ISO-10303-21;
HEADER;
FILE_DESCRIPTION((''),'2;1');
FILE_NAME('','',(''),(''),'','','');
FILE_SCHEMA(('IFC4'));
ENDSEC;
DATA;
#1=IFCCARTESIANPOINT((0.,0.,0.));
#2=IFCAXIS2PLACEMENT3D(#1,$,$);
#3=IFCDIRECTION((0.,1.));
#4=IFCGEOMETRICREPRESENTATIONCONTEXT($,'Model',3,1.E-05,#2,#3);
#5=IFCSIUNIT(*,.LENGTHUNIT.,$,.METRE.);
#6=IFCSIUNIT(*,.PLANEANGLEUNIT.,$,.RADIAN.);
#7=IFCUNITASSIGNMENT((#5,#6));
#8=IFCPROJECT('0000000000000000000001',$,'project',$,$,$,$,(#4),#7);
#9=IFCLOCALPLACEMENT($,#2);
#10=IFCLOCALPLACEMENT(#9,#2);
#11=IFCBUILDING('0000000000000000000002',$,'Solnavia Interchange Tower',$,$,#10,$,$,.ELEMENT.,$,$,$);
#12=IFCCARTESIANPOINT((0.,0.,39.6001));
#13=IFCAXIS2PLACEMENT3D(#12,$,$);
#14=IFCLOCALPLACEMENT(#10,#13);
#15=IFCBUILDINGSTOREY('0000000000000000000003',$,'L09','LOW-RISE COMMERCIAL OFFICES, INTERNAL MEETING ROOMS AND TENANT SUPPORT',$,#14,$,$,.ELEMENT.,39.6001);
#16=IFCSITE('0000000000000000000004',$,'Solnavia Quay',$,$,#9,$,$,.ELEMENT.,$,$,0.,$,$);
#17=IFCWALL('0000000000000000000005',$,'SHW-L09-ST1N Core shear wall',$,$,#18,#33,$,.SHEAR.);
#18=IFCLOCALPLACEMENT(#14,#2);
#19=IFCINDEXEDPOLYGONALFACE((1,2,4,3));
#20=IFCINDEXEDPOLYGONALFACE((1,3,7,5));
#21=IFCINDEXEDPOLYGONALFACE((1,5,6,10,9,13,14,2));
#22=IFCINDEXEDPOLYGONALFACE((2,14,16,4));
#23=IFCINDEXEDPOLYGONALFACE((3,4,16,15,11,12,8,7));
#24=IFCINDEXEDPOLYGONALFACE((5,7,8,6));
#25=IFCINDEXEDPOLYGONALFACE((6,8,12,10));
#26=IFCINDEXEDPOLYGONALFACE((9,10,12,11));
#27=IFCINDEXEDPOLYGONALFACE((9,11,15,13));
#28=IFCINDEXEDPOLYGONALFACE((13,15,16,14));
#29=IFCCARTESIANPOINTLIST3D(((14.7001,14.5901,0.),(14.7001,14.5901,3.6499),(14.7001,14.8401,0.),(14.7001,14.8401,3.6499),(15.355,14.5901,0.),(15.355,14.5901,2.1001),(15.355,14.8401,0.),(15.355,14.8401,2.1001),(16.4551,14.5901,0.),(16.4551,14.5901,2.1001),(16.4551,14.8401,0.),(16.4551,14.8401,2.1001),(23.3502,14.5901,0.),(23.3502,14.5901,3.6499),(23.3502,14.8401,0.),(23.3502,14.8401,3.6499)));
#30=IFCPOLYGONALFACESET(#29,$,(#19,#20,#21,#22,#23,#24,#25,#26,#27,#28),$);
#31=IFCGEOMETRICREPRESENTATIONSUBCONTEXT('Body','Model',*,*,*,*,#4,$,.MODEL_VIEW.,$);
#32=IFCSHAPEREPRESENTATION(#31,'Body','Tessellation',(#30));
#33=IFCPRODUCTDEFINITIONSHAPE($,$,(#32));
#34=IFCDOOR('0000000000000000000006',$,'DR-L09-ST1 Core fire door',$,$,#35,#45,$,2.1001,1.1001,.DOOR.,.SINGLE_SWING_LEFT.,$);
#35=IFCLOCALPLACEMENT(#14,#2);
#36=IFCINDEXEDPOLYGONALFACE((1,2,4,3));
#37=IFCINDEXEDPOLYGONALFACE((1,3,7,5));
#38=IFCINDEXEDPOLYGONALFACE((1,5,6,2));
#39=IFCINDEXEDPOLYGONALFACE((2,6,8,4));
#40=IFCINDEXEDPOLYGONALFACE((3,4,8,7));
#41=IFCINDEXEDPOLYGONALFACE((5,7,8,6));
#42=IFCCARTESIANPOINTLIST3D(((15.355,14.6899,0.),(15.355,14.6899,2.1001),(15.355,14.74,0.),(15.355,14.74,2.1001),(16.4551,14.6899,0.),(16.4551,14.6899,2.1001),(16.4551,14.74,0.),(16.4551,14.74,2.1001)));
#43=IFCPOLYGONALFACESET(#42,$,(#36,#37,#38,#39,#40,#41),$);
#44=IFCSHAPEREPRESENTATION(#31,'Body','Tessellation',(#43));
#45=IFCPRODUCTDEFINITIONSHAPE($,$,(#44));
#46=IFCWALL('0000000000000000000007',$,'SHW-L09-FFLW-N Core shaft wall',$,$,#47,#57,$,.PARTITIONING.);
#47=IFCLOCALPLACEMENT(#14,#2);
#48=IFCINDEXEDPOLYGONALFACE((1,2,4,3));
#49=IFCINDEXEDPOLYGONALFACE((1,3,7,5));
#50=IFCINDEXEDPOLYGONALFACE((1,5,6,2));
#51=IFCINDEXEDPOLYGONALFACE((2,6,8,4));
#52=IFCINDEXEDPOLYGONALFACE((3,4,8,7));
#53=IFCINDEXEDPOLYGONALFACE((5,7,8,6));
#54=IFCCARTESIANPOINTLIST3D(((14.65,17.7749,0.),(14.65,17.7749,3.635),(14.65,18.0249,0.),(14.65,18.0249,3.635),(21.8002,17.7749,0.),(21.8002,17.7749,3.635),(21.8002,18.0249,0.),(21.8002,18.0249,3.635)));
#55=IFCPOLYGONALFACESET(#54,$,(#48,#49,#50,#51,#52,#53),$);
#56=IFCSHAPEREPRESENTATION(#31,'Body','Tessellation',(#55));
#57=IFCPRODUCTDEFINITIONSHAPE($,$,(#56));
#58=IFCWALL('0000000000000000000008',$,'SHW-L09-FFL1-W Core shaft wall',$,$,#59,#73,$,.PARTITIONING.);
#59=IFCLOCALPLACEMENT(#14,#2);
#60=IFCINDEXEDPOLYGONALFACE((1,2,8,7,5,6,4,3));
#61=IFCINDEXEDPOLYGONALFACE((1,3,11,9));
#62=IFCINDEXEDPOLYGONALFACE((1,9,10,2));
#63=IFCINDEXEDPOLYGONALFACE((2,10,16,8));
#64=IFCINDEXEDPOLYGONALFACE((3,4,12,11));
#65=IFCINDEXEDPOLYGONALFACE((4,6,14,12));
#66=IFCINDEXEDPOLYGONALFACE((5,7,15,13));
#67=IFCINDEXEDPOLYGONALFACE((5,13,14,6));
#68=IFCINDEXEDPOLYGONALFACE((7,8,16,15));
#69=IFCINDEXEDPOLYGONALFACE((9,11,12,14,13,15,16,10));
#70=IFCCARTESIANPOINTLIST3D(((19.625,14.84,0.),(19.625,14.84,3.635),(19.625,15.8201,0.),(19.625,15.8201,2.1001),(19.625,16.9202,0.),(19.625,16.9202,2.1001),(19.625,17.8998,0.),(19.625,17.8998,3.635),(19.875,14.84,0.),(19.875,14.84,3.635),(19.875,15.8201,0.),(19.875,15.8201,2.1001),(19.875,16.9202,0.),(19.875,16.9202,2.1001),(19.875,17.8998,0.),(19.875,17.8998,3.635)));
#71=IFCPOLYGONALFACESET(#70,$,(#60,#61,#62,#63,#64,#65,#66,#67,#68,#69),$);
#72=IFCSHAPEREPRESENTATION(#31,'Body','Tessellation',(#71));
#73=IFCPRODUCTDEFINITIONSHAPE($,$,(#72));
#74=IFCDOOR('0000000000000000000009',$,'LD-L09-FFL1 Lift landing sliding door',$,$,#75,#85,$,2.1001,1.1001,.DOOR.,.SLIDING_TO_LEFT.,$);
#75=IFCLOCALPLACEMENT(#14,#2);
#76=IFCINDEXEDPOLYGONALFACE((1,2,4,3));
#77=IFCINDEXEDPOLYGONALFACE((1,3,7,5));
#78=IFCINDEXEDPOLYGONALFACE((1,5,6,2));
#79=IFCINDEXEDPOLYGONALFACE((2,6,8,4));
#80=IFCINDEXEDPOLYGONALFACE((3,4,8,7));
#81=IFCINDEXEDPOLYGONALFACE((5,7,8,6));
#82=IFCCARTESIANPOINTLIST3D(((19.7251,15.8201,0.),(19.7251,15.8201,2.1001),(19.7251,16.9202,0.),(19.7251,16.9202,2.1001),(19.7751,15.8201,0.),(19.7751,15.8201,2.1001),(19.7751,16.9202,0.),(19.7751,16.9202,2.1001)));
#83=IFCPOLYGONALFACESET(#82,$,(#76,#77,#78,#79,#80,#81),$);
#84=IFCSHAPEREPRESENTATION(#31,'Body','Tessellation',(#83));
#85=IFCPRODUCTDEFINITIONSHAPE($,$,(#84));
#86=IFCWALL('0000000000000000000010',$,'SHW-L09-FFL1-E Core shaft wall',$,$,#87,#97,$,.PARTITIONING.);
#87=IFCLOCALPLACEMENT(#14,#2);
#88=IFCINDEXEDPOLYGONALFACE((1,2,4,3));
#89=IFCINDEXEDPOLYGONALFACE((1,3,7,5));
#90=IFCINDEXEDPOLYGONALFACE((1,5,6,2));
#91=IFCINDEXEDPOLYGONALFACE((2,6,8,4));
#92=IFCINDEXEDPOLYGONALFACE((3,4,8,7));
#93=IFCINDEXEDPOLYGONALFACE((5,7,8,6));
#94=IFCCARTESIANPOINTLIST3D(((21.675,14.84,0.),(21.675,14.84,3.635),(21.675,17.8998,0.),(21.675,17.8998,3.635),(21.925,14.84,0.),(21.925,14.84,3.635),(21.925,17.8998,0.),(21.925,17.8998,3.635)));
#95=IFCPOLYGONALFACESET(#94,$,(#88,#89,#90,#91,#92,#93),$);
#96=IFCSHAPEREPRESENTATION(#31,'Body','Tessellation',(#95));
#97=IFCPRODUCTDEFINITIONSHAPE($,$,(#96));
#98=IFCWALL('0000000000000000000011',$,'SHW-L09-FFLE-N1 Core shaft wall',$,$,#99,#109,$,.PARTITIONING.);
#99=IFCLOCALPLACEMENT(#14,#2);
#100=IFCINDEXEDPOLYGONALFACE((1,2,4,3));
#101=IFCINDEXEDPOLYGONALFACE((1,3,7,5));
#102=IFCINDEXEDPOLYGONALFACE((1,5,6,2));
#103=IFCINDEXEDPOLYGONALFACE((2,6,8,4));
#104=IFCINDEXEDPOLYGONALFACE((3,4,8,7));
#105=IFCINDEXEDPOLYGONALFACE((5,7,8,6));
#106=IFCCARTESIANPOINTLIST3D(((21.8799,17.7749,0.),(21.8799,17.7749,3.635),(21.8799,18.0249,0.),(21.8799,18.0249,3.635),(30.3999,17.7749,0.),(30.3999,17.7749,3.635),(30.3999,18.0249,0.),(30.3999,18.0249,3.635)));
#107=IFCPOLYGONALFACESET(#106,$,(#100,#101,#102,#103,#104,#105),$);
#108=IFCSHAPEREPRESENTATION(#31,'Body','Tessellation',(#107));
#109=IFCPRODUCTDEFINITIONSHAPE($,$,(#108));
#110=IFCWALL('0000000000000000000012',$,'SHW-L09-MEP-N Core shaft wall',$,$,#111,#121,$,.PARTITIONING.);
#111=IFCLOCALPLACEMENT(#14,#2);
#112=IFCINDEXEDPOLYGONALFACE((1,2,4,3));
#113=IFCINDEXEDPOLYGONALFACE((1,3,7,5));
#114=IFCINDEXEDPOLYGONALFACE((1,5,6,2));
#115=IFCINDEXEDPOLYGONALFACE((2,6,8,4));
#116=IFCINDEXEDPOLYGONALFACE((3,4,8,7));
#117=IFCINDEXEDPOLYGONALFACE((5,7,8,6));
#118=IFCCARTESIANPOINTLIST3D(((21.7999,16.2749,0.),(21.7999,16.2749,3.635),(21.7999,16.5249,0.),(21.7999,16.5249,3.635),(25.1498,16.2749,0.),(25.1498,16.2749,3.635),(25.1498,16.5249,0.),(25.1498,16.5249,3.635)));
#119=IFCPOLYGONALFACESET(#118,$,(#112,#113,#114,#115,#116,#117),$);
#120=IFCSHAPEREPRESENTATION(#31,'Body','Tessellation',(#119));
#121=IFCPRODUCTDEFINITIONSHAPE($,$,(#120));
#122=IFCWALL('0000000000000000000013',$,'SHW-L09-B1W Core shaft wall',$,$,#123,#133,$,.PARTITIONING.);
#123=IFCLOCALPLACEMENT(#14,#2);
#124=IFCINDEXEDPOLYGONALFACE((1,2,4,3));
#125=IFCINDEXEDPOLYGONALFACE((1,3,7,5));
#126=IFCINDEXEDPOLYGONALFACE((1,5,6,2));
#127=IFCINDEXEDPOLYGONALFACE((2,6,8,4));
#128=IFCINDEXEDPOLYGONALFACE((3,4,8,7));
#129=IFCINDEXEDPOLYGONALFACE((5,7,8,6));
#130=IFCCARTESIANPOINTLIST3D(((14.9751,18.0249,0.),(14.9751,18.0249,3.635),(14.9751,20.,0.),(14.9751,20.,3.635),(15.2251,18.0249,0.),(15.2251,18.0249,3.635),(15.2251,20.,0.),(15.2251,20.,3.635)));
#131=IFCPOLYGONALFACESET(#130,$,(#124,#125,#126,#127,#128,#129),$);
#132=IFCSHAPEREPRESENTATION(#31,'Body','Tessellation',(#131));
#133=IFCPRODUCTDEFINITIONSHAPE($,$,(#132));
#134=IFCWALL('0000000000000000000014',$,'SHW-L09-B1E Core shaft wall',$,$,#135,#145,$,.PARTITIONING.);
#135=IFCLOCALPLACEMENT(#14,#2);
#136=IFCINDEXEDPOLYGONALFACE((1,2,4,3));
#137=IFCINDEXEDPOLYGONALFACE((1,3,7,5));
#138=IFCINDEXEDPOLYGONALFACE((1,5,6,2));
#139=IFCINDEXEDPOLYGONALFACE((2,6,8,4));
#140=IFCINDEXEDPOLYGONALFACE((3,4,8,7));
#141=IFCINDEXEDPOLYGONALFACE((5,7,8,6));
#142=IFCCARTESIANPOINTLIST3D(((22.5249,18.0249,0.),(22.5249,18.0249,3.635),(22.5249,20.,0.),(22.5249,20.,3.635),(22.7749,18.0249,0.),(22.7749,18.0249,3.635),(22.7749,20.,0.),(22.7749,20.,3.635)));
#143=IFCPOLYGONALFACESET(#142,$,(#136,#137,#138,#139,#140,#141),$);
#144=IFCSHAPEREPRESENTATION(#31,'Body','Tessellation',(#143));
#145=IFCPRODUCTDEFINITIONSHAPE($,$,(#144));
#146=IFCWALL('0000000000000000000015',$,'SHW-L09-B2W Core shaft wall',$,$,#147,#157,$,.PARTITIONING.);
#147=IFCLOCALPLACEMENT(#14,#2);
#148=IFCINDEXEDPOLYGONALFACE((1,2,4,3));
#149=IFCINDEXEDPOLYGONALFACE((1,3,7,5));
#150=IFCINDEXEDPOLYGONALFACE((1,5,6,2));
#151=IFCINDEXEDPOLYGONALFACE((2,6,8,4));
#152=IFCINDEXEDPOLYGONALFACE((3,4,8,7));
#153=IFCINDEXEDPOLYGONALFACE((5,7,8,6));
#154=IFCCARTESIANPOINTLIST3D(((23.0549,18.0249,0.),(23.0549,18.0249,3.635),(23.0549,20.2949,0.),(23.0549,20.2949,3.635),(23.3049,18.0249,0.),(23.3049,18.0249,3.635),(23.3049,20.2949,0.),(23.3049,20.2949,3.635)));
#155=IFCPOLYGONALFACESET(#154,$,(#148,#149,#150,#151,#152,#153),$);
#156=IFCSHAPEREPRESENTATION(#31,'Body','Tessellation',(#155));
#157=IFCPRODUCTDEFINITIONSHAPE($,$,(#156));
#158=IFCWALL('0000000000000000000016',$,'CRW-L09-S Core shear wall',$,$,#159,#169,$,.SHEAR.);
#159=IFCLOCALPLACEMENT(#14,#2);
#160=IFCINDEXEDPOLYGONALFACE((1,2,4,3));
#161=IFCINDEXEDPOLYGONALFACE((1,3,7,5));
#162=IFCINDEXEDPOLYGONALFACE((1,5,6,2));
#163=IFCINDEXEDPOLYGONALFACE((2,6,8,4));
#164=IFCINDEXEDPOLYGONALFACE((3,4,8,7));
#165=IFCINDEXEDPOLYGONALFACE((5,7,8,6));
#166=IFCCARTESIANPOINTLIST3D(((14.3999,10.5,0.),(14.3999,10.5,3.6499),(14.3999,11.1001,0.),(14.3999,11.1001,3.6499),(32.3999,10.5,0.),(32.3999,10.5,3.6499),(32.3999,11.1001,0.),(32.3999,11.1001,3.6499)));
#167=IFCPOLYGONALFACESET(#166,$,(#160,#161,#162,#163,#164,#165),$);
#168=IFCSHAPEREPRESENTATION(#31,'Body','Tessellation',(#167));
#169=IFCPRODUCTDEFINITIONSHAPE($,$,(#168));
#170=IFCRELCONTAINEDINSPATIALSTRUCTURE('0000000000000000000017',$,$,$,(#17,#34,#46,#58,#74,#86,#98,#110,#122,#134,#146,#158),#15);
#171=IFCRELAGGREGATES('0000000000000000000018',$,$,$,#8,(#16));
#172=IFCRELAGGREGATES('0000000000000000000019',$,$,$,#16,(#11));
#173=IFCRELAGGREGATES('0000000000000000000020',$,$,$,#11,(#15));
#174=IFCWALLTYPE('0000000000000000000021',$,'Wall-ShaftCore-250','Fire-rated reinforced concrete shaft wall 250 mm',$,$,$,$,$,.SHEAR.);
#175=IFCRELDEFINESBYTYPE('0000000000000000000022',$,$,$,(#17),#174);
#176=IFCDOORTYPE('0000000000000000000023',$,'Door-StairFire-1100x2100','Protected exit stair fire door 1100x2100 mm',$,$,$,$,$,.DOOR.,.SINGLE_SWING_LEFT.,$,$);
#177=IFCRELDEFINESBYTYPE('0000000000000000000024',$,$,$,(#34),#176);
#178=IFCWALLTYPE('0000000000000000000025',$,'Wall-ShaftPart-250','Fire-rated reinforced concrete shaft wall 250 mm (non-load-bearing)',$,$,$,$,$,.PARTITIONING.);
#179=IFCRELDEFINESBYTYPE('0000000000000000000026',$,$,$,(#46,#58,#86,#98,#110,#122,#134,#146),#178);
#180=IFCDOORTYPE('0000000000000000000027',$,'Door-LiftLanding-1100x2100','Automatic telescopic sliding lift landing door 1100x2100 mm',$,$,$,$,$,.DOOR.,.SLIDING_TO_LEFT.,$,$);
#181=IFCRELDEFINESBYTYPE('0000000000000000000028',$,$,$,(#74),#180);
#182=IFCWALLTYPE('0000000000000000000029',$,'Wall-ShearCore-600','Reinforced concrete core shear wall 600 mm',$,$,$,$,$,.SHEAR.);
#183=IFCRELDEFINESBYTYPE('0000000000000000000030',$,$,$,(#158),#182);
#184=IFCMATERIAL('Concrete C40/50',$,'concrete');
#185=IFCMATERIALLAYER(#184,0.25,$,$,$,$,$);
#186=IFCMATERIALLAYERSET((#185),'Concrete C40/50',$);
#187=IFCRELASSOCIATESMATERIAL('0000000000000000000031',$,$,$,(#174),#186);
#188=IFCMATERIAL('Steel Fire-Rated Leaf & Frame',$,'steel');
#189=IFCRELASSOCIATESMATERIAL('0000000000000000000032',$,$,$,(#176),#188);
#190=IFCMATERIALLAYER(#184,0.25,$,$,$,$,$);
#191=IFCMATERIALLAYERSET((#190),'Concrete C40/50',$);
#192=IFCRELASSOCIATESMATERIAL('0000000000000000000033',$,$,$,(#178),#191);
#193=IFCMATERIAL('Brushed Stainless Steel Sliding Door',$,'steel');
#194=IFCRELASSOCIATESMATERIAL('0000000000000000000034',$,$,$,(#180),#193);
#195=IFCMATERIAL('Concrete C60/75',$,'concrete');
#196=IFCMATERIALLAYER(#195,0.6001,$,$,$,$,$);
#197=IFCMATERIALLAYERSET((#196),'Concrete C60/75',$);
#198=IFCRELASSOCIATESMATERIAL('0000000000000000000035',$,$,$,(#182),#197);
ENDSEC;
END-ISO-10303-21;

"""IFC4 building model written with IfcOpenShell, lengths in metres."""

from ifc_helpers import new_model, si_unit, direction, frame, frame_2d, origin, place, context, subcontext, project, spatial, rectangle, extrude, material, layer, layer_set, type_object, element, fill, save


model = new_model("IFC4")

# Units and contexts
model_context = context("Model", 3, precision=1e-05, world=origin(), true_north=direction((0.0, 1.0)))
body_context = subcontext(model_context, "Body", "Model", "MODEL_VIEW")
ifc_project = project(units=[si_unit("LENGTHUNIT", "METRE"), si_unit("PLANEANGLEUNIT", "RADIAN")], contexts=[model_context])

# Site, building, storey
site_placement = place(None, origin())
site = spatial("IfcSite", under=ifc_project, at=site_placement, Name="Solnavia Quay", CompositionType="ELEMENT", RefElevation=0.0)
building_placement = place(site_placement, origin())
building = spatial("IfcBuilding", under=site, at=building_placement, Name="Solnavia Interchange Tower", CompositionType="ELEMENT")
storey_placement = place(building_placement, frame((0.0, 0.0, 39.6001)))
storey = spatial("IfcBuildingStorey", under=building, at=storey_placement, Name="L09", Description="LOW-RISE COMMERCIAL OFFICES, INTERNAL MEETING ROOMS AND TENANT SUPPORT", CompositionType="ELEMENT", Elevation=39.6001)

# Shared definitions
ifc_material_1 = material(Name="Concrete C40/50", Category="concrete")
ifc_layer_1 = layer(ifc_material_1, 0.25)
ifc_layer_set_1 = layer_set([ifc_layer_1], Name="Concrete C40/50")
wall_type_1 = type_object("IfcWallType", Name="Wall-ShaftCore-250", Description="Fire-rated reinforced concrete shaft wall 250 mm", PredefinedType="SHEAR", material=ifc_layer_set_1)

# Wall, opening, door
wall_1_placement = place(storey_placement, frame((14.7, 14.7151, 0.0), z_axis=(0.0, 0.0, 1.0), x_axis=(1.0, 0.0, 0.0)))
wall_1 = element("IfcWall", 1, at=wall_1_placement, inside=storey, type_object=wall_type_1, Name="SHW-L09-ST1N Core shear wall", PredefinedType="SHEAR", context=body_context, shape_type="SweptSolid", body=[
    extrude(rectangle(XDim=8.6501, YDim=0.25, at=frame_2d((4.3252, 0.0))), origin(), (0.0, 0.0, 1.0), 3.6499),
])
opening_1_placement = place(wall_1_placement, frame((0.655, 0.0, 0.0)))
opening_1 = element("IfcOpeningElement", 2, at=opening_1_placement, cuts=wall_1, PredefinedType="OPENING", context=body_context, shape_type="SweptSolid", body=[
    extrude(rectangle(XDim=1.1001, YDim=2.1001, at=frame_2d((0.55, 1.05))), frame((0.0, 0.135, 0.0), z_axis=(0.0, -1.0, 0.0), x_axis=(1.0, 0.0, 0.0)), (0.0, 0.0, 1.0), 0.27),
])
ifc_material_2 = material(Name="Steel Fire-Rated Leaf & Frame", Category="steel")
door_type_1 = type_object("IfcDoorType", Name="Door-StairFire-1100x2100", Description="Protected exit stair fire door 1100x2100 mm", OperationType="SINGLE_SWING_LEFT", PredefinedType="DOOR", material=ifc_material_2)
door_1_placement = place(opening_1_placement, origin())
door_1 = element("IfcDoor", 3, at=door_1_placement, inside=storey, type_object=door_type_1, Name="DR-L09-ST1 Core fire door", OperationType="SINGLE_SWING_LEFT", OverallHeight=2.1001, OverallWidth=1.1001, PredefinedType="DOOR", context=body_context, shape_type="SweptSolid", body=[
    extrude(rectangle(XDim=1.1001, YDim=2.1001, at=frame_2d((0.55, 1.05))), frame((0.0, 0.0249, 0.0), z_axis=(0.0, -1.0, 0.0), x_axis=(1.0, 0.0, 0.0)), (0.0, 0.0, 1.0), 0.05),
])
fill(opening_1, door_1)

# Wall
ifc_layer_2 = layer(ifc_material_1, 0.25)
ifc_layer_set_2 = layer_set([ifc_layer_2], Name="Concrete C40/50")
wall_type_2 = type_object("IfcWallType", Name="Wall-ShaftPart-250", Description="Fire-rated reinforced concrete shaft wall 250 mm (non-load-bearing)", PredefinedType="PARTITIONING", material=ifc_layer_set_2)
wall_2_placement = place(storey_placement, frame((14.6499, 17.8999, 0.0), z_axis=(0.0, 0.0, 1.0), x_axis=(1.0, 0.0, 0.0)))
element("IfcWall", 4, at=wall_2_placement, inside=storey, type_object=wall_type_2, Name="SHW-L09-FFLW-N Core shaft wall", PredefinedType="PARTITIONING", context=body_context, shape_type="SweptSolid", body=[
    extrude(rectangle(XDim=7.1501, YDim=0.25, at=frame_2d((3.5752, 0.0))), origin(), (0.0, 0.0, 1.0), 3.635),
])

# Wall, opening, door
wall_3_placement = place(storey_placement, frame((19.75, 14.8401, 0.0), z_axis=(0.0, 0.0, 1.0), x_axis=(0.0, 1.0, 0.0)))
wall_3 = element("IfcWall", 5, at=wall_3_placement, inside=storey, type_object=wall_type_2, Name="SHW-L09-FFL1-W Core shaft wall", PredefinedType="PARTITIONING", context=body_context, shape_type="SweptSolid", body=[
    extrude(rectangle(XDim=3.0598, YDim=0.25, at=frame_2d((1.5298, 0.0))), origin(), (0.0, 0.0, 1.0), 3.635),
])
opening_2_placement = place(wall_3_placement, frame((0.98, 0.0, 0.0)))
opening_2 = element("IfcOpeningElement", 6, at=opening_2_placement, cuts=wall_3, PredefinedType="OPENING", context=body_context, shape_type="SweptSolid", body=[
    extrude(rectangle(XDim=1.1001, YDim=2.1001, at=frame_2d((0.55, 1.05))), frame((0.0, 0.135, 0.0), z_axis=(0.0, -1.0, 0.0), x_axis=(1.0, 0.0, 0.0)), (0.0, 0.0, 1.0), 0.27),
])
ifc_material_3 = material(Name="Brushed Stainless Steel Sliding Door", Category="steel")
door_type_2 = type_object("IfcDoorType", Name="Door-LiftLanding-1100x2100", Description="Automatic telescopic sliding lift landing door 1100x2100 mm", OperationType="SLIDING_TO_LEFT", PredefinedType="DOOR", material=ifc_material_3)
door_2_placement = place(opening_2_placement, origin())
door_2 = element("IfcDoor", 7, at=door_2_placement, inside=storey, type_object=door_type_2, Name="LD-L09-FFL1 Lift landing sliding door", OperationType="SLIDING_TO_LEFT", OverallHeight=2.1001, OverallWidth=1.1001, PredefinedType="DOOR", context=body_context, shape_type="SweptSolid", body=[
    extrude(rectangle(XDim=1.1001, YDim=2.1001, at=frame_2d((0.55, 1.05))), frame((0.0, 0.0249, 0.0), z_axis=(0.0, -1.0, 0.0), x_axis=(1.0, 0.0, 0.0)), (0.0, 0.0, 1.0), 0.05),
])
fill(opening_2, door_2)

# Walls
wall_4_placement = place(storey_placement, frame((21.8, 14.8401, 0.0), z_axis=(0.0, 0.0, 1.0), x_axis=(0.0, 1.0, 0.0)))
element("IfcWall", 8, at=wall_4_placement, inside=storey, type_object=wall_type_2, Name="SHW-L09-FFL1-E Core shaft wall", PredefinedType="PARTITIONING", context=body_context, shape_type="SweptSolid", body=[
    extrude(rectangle(XDim=3.0598, YDim=0.25, at=frame_2d((1.5298, 0.0))), origin(), (0.0, 0.0, 1.0), 3.635),
])
wall_5_placement = place(storey_placement, frame((21.8799, 17.8999, 0.0), z_axis=(0.0, 0.0, 1.0), x_axis=(1.0, 0.0, 0.0)))
element("IfcWall", 9, at=wall_5_placement, inside=storey, type_object=wall_type_2, Name="SHW-L09-FFLE-N1 Core shaft wall", PredefinedType="PARTITIONING", context=body_context, shape_type="SweptSolid", body=[
    extrude(rectangle(XDim=8.52, YDim=0.25, at=frame_2d((4.26, 0.0))), origin(), (0.0, 0.0, 1.0), 3.635),
])
wall_6_placement = place(storey_placement, frame((21.8, 16.3999, 0.0), z_axis=(0.0, 0.0, 1.0), x_axis=(1.0, 0.0, 0.0)))
element("IfcWall", 10, at=wall_6_placement, inside=storey, type_object=wall_type_2, Name="SHW-L09-MEP-N Core shaft wall", PredefinedType="PARTITIONING", context=body_context, shape_type="SweptSolid", body=[
    extrude(rectangle(XDim=3.3499, YDim=0.25, at=frame_2d((1.6748, 0.0))), origin(), (0.0, 0.0, 1.0), 3.635),
])
for number, where, z_axis, x_axis, name in (
    (11, (15.1001, 18.0249, 0.0), (0.0, 0.0, 1.0), (0.0, 1.0, 0.0), "SHW-L09-B1W Core shaft wall"),
    (12, (22.6499, 18.0249, 0.0), (0.0, 0.0, 1.0), (0.0, 1.0, 0.0), "SHW-L09-B1E Core shaft wall"),
):
    element("IfcWall", number, at=place(storey_placement, frame(where, z_axis=z_axis, x_axis=x_axis)), inside=storey, type_object=wall_type_2, Name=name, PredefinedType="PARTITIONING", context=body_context, shape_type="SweptSolid", body=[
        extrude(rectangle(XDim=1.9751, YDim=0.25, at=frame_2d((0.9875, 0.0))), origin(), (0.0, 0.0, 1.0), 3.635),
    ])
wall_7_placement = place(storey_placement, frame((23.1799, 18.0249, 0.0), z_axis=(0.0, 0.0, 1.0), x_axis=(0.0, 1.0, 0.0)))
element("IfcWall", 13, at=wall_7_placement, inside=storey, type_object=wall_type_2, Name="SHW-L09-B2W Core shaft wall", PredefinedType="PARTITIONING", context=body_context, shape_type="SweptSolid", body=[
    extrude(rectangle(XDim=2.27, YDim=0.25, at=frame_2d((1.135, 0.0))), origin(), (0.0, 0.0, 1.0), 3.635),
])
ifc_material_4 = material(Name="Concrete C60/75", Category="concrete")
ifc_layer_3 = layer(ifc_material_4, 0.6001)
ifc_layer_set_3 = layer_set([ifc_layer_3], Name="Concrete C60/75")
wall_type_3 = type_object("IfcWallType", Name="Wall-ShearCore-600", Description="Reinforced concrete core shear wall 600 mm", PredefinedType="SHEAR", material=ifc_layer_set_3)
wall_8_placement = place(storey_placement, frame((14.3999, 10.8, 0.0), z_axis=(0.0, 0.0, 1.0), x_axis=(1.0, 0.0, 0.0)))
element("IfcWall", 14, at=wall_8_placement, inside=storey, type_object=wall_type_3, Name="CRW-L09-S Core shear wall", PredefinedType="SHEAR", context=body_context, shape_type="SweptSolid", body=[
    extrude(rectangle(XDim=18.0, YDim=0.6001, at=frame_2d((9.0, 0.0))), origin(), (0.0, 0.0, 1.0), 3.6499),
])

save(model, "model.ifc")
